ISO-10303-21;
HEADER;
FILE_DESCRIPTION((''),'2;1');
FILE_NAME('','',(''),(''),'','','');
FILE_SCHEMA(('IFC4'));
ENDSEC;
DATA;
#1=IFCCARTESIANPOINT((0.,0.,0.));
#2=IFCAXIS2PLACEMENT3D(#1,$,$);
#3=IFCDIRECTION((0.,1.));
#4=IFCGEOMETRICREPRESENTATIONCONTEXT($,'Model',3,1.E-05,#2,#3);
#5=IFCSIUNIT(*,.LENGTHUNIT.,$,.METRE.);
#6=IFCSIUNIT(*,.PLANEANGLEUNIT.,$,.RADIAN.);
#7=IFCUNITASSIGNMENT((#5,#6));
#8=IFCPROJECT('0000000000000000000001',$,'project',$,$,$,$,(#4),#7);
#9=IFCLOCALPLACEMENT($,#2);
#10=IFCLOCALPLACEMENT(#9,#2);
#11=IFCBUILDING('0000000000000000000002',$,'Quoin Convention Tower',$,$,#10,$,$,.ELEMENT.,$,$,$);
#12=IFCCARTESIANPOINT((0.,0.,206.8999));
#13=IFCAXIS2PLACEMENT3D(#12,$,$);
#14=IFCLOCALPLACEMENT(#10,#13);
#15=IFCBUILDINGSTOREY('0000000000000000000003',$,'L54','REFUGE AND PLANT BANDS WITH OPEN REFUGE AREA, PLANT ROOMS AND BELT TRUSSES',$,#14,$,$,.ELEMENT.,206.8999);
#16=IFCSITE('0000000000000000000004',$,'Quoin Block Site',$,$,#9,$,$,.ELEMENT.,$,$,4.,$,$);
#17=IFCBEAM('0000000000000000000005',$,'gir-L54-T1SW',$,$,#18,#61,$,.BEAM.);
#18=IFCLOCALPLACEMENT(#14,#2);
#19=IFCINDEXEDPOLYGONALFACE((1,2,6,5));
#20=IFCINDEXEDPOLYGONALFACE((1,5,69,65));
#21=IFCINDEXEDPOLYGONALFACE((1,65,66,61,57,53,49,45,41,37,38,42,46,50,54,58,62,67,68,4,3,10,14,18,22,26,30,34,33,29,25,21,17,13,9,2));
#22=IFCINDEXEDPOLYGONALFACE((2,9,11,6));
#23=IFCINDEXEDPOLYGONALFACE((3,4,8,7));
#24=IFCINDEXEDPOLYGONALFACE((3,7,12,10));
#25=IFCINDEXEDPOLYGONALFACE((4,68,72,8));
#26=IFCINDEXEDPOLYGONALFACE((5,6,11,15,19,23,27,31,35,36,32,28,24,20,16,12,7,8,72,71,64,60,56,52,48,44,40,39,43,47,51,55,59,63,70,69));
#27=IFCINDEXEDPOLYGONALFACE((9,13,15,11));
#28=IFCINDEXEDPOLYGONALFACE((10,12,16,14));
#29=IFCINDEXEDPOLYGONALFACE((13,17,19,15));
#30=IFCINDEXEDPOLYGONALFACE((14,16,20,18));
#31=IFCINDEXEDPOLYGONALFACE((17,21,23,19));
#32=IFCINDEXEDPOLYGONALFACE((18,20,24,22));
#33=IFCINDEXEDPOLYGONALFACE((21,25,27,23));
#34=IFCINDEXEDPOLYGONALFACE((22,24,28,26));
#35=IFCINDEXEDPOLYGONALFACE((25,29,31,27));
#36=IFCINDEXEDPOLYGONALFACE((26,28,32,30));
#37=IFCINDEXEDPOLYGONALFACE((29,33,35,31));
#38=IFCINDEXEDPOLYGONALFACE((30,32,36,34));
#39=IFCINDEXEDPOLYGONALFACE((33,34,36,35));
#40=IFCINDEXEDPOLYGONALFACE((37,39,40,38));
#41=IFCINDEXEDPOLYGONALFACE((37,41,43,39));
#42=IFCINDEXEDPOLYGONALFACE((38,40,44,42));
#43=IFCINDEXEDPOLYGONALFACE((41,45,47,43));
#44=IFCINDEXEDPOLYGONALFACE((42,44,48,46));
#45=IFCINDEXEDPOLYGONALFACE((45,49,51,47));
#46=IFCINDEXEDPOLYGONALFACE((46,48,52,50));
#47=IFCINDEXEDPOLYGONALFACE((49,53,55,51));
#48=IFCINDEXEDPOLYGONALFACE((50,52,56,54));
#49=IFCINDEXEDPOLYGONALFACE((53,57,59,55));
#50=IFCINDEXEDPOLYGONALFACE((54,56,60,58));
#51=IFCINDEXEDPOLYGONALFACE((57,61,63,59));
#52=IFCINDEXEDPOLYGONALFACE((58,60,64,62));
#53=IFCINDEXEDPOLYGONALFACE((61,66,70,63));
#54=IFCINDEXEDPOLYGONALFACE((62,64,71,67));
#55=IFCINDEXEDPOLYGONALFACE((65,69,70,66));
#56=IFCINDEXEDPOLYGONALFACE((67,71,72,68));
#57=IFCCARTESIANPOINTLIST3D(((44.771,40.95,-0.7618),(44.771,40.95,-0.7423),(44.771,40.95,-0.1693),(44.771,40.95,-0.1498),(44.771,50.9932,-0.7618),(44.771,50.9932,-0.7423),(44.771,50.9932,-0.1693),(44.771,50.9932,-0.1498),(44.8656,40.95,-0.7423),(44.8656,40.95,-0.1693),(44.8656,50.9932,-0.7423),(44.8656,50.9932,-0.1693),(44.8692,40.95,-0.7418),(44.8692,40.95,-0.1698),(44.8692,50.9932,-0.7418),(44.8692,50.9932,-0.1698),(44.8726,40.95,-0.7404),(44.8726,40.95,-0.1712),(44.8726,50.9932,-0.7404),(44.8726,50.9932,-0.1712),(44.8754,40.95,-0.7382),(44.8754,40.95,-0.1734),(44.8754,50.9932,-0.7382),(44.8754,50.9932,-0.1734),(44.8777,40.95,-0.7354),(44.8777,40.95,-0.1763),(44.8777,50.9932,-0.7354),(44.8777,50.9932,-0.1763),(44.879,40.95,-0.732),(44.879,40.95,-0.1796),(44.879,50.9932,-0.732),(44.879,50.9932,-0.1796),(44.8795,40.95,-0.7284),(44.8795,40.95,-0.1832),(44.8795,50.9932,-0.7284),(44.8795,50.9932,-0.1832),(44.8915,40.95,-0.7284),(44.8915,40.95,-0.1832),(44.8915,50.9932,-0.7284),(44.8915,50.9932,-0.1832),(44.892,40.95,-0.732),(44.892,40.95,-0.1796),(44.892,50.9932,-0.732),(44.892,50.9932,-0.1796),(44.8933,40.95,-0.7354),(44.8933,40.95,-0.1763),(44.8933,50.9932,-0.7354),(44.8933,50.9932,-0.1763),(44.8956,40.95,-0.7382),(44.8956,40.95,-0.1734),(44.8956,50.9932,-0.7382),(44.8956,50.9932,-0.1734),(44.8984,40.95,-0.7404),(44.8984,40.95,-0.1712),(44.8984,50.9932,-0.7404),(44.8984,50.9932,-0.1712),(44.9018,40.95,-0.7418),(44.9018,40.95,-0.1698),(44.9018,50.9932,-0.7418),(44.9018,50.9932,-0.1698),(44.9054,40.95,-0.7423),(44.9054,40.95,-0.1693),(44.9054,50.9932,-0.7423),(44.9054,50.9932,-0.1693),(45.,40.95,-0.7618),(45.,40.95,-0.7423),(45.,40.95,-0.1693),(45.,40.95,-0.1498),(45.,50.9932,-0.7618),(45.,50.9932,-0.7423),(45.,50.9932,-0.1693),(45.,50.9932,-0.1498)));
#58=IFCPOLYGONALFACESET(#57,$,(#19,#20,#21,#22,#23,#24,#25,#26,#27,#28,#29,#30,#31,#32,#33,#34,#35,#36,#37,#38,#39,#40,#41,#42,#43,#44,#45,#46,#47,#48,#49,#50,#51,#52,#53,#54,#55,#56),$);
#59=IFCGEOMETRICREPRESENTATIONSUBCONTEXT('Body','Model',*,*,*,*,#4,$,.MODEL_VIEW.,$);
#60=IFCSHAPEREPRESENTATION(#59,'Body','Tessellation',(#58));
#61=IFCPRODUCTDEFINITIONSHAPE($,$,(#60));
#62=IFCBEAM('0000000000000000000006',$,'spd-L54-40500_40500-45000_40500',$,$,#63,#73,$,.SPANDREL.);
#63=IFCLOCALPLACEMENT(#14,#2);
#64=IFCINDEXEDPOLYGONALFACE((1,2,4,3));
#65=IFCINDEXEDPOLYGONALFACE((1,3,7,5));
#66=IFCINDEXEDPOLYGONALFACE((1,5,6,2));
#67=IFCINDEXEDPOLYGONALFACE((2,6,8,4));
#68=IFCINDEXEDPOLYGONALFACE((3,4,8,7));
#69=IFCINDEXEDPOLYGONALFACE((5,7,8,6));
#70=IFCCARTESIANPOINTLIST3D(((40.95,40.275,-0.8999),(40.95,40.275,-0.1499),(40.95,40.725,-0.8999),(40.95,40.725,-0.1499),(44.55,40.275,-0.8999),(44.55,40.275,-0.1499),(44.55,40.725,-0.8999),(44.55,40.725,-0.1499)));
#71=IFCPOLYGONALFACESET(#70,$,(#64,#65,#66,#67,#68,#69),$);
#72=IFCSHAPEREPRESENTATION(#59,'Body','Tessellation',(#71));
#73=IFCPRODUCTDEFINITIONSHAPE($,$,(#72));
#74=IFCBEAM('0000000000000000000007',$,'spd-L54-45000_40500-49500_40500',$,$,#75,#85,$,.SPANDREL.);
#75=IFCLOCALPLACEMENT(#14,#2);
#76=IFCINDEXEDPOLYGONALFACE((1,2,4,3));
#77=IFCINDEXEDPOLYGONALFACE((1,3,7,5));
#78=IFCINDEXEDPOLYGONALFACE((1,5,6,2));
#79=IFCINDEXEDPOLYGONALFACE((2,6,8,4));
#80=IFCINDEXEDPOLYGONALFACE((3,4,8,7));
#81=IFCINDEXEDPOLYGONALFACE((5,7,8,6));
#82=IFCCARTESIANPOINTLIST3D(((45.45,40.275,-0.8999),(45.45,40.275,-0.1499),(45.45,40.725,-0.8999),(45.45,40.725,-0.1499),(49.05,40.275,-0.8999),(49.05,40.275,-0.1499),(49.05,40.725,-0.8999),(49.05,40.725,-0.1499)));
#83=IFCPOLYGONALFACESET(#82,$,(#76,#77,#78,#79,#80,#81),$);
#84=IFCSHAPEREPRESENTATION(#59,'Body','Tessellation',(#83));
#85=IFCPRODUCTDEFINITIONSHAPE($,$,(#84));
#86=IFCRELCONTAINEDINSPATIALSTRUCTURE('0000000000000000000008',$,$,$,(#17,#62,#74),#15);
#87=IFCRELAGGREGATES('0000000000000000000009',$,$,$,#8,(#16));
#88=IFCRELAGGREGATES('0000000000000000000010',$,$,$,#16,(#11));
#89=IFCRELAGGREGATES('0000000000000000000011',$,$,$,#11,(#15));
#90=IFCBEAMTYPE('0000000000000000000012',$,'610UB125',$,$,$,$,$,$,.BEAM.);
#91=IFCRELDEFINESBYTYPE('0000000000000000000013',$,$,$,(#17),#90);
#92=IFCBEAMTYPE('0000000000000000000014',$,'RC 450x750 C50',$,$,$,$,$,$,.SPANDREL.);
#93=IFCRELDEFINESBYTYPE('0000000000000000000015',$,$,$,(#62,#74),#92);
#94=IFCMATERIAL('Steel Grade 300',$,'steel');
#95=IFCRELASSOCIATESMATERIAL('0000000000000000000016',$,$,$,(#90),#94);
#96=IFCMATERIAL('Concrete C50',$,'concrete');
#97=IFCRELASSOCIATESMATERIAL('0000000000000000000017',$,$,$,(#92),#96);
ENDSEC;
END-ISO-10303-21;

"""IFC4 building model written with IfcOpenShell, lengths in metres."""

from ifc_helpers import new_model, si_unit, direction, frame, origin, origin_2d, place, context, subcontext, project, spatial, rectangle, i_section, extrude, material, material_profile, profile_set, type_object, element, save


model = new_model("IFC4")

# Units and contexts
model_context = context("Model", 3, precision=1e-05, world=origin(), true_north=direction((0.0, 1.0)))
body_context = subcontext(model_context, "Body", "Model", "MODEL_VIEW")
ifc_project = project(units=[si_unit("LENGTHUNIT", "METRE"), si_unit("PLANEANGLEUNIT", "RADIAN")], contexts=[model_context])

# Site, building, storey
site_placement = place(None, origin())
site = spatial("IfcSite", under=ifc_project, at=site_placement, Name="Quoin Block Site", CompositionType="ELEMENT", RefElevation=4.0)
building_placement = place(site_placement, origin())
building = spatial("IfcBuilding", under=site, at=building_placement, Name="Quoin Convention Tower", CompositionType="ELEMENT")
storey_placement = place(building_placement, frame((0.0, 0.0, 206.8999)))
storey = spatial("IfcBuildingStorey", under=building, at=storey_placement, Name="L54", Description="REFUGE AND PLANT BANDS WITH OPEN REFUGE AREA, PLANT ROOMS AND BELT TRUSSES", CompositionType="ELEMENT", Elevation=206.8999)

# Shared definitions
ifc_material_1 = material(Name="Concrete C50", Category="concrete")

# Shared definitions
ifc_material_2 = material(Name="Steel Grade 300", Category="steel")

# Beams
ifc_material_profile_1 = material_profile(ifc_material_2, i_section(OverallWidth=0.229, OverallDepth=0.6121, WebThickness=0.012, FlangeThickness=0.0195, FilletRadius=0.0139, at=origin_2d()), Name="610UB125")
ifc_profile_set_1 = profile_set([ifc_material_profile_1], Name="Steel Grade 300")
beam_type_1 = type_object("IfcBeamType", Name="610UB125", PredefinedType="BEAM", material=ifc_profile_set_1)
beam_placement = place(storey_placement, frame((44.8855, 40.95, -0.4558), z_axis=(0.0, 1.0, 0.0), x_axis=(-1.0, 0.0, 0.0)))
element("IfcBeam", 1, at=beam_placement, inside=storey, type_object=beam_type_1, Name="gir-L54-T1SW", PredefinedType="BEAM", context=body_context, shape_type="SweptSolid", body=[
    extrude(i_section(OverallWidth=0.229, OverallDepth=0.6121, WebThickness=0.012, FlangeThickness=0.0195, FilletRadius=0.0139, at=origin_2d()), origin(), (0.0, 0.0, 1.0), 10.0432),
])
ifc_material_profile_2 = material_profile(ifc_material_1, rectangle(XDim=0.45, YDim=0.75, at=origin_2d()), Name="RC 450x750")
ifc_profile_set_2 = profile_set([ifc_material_profile_2], Name="Concrete C50")
beam_type_2 = type_object("IfcBeamType", Name="RC 450x750 C50", PredefinedType="SPANDREL", material=ifc_profile_set_2)
for number, where, z_axis, x_axis, name in (
    (2, (40.95, 40.5, -0.5249), (1.0, 0.0, 0.0), (0.0, 1.0, 0.0), "spd-L54-40500_40500-45000_40500"),
    (3, (45.45, 40.5, -0.5249), (1.0, 0.0, 0.0), (0.0, 1.0, 0.0), "spd-L54-45000_40500-49500_40500"),
):
    element("IfcBeam", number, at=place(storey_placement, frame(where, z_axis=z_axis, x_axis=x_axis)), inside=storey, type_object=beam_type_2, Name=name, PredefinedType="SPANDREL", context=body_context, shape_type="SweptSolid", body=[
        extrude(rectangle(XDim=0.45, YDim=0.75, at=origin_2d()), origin(), (0.0, 0.0, 1.0), 3.6001),
    ])

save(model, "model.ifc")
